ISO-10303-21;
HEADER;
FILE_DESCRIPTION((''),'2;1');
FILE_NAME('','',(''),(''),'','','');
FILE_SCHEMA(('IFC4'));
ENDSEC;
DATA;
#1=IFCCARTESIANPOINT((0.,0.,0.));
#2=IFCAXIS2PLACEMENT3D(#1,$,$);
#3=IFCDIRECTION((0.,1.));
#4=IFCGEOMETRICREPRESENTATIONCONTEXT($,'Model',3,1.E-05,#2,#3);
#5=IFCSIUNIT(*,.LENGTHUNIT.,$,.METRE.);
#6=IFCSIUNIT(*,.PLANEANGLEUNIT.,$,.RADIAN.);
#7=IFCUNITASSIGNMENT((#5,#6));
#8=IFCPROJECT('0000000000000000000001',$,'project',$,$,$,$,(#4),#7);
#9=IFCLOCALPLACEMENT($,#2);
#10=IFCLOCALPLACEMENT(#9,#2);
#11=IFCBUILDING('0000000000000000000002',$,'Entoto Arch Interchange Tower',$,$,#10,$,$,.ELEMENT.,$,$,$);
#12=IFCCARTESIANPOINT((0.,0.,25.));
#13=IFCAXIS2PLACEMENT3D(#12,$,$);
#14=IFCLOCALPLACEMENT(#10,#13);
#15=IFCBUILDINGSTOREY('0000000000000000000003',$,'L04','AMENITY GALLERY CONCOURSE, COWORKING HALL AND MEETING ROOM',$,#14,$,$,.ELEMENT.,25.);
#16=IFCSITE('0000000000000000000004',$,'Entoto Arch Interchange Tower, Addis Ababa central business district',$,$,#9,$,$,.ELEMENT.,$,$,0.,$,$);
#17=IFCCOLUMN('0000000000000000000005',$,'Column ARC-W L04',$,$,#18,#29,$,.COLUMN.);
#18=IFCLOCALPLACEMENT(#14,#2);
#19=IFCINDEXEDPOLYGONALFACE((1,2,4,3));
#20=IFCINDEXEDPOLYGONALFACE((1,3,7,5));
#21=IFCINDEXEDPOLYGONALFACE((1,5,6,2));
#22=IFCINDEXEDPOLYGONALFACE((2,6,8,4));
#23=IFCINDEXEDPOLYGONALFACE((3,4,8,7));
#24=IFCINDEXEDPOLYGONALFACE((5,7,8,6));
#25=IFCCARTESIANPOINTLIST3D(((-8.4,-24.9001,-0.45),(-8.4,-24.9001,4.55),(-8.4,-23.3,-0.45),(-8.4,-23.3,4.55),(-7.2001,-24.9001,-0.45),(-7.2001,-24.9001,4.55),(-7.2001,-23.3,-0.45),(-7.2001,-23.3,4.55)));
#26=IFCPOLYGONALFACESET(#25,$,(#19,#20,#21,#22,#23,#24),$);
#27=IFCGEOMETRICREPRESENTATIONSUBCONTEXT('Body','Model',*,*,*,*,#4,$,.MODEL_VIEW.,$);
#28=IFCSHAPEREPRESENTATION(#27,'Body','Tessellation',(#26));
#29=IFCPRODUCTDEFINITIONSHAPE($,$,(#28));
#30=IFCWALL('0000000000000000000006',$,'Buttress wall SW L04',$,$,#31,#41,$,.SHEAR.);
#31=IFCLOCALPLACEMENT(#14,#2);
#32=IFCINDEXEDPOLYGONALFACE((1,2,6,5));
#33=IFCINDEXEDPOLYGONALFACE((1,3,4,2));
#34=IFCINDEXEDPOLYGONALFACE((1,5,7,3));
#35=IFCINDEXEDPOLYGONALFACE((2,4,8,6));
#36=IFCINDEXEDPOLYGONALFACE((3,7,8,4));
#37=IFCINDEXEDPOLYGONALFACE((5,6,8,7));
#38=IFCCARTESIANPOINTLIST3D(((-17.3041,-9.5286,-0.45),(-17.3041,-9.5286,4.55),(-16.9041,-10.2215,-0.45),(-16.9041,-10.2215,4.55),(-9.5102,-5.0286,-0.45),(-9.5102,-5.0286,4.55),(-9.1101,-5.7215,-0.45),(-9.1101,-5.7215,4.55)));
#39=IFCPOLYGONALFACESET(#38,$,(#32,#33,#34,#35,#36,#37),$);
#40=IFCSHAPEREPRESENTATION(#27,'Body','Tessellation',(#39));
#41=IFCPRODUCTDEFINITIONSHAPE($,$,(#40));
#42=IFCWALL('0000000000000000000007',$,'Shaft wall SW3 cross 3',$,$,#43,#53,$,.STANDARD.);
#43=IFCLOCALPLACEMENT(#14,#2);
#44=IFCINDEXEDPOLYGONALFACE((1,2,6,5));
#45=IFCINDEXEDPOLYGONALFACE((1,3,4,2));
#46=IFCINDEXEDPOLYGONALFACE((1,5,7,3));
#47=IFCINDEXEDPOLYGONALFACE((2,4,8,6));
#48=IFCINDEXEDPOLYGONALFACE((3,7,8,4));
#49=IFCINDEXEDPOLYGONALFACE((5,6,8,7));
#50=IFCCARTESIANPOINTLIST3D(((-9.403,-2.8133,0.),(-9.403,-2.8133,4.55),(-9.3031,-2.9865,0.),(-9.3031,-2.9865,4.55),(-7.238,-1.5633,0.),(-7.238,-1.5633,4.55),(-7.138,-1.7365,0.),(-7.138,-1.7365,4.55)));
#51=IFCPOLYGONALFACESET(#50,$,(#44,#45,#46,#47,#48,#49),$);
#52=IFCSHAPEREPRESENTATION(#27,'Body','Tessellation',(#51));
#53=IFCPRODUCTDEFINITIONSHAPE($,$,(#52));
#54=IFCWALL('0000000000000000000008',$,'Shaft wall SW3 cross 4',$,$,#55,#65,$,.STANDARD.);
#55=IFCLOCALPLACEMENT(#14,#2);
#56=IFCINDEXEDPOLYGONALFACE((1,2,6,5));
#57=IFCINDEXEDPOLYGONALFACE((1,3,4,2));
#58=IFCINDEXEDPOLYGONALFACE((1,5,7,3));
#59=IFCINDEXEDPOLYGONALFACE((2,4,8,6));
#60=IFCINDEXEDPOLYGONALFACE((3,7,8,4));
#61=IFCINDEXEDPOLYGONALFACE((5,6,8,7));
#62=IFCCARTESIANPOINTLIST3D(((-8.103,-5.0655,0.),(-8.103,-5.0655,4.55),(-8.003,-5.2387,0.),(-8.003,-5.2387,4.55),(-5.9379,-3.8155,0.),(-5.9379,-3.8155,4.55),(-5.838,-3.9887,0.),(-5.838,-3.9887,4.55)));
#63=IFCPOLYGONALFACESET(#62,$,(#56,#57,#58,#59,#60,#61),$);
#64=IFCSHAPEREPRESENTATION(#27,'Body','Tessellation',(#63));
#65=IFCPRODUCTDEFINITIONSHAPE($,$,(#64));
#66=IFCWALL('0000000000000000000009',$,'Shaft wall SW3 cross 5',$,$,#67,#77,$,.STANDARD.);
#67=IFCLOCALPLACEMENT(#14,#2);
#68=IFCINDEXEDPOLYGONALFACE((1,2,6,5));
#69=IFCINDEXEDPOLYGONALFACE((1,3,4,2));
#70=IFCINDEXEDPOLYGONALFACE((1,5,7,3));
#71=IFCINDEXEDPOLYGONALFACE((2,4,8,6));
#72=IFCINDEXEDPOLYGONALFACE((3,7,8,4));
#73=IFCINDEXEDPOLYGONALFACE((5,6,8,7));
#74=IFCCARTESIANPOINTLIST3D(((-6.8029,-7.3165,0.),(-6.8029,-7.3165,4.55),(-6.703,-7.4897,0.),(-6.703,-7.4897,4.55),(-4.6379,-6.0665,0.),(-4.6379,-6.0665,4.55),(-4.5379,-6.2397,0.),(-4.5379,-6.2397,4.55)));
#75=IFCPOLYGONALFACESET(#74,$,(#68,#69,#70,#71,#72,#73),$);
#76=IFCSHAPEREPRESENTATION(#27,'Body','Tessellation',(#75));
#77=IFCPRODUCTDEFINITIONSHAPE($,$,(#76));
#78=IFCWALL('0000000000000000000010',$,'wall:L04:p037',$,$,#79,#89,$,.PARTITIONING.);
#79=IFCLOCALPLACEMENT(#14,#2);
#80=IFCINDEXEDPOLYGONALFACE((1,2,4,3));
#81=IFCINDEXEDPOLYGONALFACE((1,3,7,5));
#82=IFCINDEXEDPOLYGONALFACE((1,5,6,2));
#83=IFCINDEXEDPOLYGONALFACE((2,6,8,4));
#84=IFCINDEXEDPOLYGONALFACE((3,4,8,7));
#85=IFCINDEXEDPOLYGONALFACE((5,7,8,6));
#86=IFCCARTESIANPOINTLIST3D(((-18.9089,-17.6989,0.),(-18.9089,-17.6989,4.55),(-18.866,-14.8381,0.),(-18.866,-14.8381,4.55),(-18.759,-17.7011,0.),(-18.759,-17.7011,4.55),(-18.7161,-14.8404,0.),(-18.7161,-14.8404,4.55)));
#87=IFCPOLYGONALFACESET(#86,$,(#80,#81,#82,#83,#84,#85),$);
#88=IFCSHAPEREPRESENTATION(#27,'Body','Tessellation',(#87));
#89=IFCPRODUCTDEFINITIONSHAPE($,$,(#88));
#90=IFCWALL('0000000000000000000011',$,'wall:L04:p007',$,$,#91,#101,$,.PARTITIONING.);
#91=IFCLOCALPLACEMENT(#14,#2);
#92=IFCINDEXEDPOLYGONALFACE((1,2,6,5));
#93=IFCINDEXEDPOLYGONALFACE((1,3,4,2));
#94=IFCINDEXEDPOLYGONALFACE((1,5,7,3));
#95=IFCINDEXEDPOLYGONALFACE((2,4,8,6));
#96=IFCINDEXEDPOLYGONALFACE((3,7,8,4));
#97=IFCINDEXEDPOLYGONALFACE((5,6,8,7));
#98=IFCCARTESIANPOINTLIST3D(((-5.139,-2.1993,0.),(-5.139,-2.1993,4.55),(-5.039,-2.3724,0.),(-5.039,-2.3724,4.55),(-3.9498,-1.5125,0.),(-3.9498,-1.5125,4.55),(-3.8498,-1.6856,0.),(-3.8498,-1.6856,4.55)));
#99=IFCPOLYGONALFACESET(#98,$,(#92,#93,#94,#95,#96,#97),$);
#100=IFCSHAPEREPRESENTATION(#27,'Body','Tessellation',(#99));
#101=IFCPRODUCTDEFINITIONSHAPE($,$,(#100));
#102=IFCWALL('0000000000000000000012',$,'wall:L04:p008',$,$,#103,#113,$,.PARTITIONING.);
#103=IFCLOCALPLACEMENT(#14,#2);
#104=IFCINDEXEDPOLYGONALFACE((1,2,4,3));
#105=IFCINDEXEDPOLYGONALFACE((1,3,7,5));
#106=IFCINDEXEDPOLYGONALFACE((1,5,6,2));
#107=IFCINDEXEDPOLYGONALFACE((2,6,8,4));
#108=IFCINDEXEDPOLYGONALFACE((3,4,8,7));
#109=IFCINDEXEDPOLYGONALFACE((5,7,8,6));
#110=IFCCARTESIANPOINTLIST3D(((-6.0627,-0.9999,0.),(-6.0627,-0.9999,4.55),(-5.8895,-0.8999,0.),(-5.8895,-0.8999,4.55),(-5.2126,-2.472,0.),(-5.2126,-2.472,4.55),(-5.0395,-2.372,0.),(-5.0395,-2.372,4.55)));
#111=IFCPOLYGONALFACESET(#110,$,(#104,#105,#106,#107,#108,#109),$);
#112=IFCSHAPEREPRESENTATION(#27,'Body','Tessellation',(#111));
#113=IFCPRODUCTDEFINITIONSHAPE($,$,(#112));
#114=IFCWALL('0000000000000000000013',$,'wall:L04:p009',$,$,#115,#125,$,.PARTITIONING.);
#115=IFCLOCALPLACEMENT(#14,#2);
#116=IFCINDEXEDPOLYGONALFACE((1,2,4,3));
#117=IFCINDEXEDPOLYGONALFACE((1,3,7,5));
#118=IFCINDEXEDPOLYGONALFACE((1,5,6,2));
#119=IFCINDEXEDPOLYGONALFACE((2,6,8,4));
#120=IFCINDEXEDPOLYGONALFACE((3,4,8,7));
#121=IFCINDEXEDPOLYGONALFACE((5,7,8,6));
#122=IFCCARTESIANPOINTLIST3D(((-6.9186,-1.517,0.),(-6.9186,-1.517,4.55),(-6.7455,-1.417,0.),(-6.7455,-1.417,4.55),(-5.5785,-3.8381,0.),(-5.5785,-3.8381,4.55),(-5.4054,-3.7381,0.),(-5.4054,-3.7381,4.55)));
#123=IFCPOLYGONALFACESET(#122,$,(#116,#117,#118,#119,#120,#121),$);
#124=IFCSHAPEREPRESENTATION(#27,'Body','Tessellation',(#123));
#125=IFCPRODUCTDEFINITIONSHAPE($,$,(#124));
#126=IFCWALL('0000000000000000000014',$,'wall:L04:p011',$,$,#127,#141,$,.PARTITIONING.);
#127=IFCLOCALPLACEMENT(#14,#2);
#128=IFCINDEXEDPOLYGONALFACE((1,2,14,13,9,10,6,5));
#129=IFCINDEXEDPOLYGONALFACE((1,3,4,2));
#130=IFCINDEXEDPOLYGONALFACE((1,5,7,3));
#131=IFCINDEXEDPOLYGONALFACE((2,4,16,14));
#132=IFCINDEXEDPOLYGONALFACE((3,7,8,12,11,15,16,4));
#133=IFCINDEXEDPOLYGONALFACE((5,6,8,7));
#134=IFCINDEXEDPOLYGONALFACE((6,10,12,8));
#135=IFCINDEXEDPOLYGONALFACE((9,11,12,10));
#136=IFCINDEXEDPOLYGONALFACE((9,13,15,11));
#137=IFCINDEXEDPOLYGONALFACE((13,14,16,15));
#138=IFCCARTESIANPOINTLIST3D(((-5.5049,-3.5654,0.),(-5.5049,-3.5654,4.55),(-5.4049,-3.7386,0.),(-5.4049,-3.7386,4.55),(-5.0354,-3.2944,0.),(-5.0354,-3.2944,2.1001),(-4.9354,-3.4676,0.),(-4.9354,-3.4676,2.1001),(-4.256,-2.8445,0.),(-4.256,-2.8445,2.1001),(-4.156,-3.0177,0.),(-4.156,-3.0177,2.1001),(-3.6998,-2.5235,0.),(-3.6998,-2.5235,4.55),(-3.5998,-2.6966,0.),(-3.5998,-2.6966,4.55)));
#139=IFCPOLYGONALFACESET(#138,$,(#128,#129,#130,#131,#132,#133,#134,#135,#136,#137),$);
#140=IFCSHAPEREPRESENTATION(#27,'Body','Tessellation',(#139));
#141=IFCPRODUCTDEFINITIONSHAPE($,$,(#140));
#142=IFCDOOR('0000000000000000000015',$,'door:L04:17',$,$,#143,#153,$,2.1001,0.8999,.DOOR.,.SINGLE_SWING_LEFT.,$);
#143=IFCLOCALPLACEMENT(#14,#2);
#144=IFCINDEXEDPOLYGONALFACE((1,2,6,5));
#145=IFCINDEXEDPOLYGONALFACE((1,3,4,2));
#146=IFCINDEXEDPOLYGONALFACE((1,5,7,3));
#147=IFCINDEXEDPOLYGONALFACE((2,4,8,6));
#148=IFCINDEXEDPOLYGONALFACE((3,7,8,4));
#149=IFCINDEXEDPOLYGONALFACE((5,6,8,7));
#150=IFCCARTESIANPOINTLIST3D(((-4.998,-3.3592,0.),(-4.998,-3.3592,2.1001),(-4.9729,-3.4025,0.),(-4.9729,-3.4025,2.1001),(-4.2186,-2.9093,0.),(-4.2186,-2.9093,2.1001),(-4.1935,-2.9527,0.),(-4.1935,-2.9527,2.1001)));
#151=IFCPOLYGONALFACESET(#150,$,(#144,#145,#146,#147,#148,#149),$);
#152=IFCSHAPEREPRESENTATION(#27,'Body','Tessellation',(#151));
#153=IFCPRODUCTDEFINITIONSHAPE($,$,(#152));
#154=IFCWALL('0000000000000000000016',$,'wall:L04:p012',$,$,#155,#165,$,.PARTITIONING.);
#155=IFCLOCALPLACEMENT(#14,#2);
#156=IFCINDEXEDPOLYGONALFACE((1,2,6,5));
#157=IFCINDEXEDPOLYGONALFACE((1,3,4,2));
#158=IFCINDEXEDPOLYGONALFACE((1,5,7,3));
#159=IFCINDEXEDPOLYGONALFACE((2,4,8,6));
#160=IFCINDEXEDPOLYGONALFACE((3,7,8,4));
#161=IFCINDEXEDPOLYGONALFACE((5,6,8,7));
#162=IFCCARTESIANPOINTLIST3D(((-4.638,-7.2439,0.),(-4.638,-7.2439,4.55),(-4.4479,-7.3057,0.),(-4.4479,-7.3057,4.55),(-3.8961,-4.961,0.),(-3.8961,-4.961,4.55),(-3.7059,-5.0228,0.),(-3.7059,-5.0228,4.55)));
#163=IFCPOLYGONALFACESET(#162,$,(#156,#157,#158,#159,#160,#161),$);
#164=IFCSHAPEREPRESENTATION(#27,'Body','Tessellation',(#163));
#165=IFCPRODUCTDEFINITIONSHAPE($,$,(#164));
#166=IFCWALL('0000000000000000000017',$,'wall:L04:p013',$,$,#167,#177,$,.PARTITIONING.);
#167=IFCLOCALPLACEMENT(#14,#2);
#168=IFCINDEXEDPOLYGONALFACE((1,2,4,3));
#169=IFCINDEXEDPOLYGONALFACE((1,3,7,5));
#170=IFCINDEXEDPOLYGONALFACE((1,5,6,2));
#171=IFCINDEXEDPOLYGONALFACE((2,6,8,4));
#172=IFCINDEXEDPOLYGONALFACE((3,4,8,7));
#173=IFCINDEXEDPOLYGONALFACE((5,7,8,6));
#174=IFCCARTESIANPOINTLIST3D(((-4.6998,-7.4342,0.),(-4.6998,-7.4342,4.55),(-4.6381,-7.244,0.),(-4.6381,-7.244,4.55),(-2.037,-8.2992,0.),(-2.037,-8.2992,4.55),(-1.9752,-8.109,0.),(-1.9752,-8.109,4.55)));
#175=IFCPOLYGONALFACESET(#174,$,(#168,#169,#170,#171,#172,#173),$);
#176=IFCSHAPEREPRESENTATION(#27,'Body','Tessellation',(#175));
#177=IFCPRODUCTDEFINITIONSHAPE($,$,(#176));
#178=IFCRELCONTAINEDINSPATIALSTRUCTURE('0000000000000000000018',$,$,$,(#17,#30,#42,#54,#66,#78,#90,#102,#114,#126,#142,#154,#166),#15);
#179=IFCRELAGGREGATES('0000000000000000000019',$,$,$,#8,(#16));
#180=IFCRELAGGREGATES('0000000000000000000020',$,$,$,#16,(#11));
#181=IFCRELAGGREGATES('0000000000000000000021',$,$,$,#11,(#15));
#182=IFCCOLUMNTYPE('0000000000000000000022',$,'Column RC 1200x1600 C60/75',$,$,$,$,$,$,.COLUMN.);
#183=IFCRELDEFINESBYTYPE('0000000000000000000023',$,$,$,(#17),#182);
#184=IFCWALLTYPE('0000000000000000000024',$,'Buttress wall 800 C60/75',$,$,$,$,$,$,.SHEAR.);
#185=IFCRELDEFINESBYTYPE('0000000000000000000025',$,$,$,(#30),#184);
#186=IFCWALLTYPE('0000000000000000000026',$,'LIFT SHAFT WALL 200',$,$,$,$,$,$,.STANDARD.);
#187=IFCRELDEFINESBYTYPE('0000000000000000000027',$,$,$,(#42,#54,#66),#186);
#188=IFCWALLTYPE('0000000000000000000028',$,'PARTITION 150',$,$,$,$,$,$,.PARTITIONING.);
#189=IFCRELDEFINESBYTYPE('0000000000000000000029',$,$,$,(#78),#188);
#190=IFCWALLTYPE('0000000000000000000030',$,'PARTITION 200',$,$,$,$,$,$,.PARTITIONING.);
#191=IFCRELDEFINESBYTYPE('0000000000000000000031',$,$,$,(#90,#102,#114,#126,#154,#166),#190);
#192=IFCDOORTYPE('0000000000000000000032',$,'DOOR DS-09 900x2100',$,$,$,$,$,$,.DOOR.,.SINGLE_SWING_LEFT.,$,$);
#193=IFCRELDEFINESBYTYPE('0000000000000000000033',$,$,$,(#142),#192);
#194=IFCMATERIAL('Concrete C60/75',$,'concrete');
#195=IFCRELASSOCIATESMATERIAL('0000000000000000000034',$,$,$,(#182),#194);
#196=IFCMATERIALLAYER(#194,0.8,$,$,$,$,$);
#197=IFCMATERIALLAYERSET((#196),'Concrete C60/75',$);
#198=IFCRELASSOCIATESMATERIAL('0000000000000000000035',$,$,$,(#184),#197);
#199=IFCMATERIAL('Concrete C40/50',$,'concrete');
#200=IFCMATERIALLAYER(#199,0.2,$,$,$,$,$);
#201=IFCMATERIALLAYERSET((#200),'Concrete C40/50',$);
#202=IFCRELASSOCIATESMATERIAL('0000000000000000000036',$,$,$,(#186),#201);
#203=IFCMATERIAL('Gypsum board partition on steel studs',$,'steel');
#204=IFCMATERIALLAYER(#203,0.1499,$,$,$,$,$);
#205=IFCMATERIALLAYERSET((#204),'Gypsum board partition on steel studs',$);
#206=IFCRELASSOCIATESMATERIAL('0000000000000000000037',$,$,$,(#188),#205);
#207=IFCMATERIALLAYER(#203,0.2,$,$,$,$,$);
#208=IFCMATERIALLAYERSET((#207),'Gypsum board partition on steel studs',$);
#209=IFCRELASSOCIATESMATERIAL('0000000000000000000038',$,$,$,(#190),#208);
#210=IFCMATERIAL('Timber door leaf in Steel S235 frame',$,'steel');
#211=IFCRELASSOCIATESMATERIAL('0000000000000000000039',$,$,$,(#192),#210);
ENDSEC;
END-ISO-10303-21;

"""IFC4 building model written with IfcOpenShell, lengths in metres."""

from ifc_helpers import new_model, si_unit, direction, frame, frame_2d, origin, origin_2d, place, context, subcontext, project, spatial, rectangle, extrude, material, layer, layer_set, material_profile, profile_set, type_object, element, fill, save


model = new_model("IFC4")

# Units and contexts
model_context = context("Model", 3, precision=1e-05, world=origin(), true_north=direction((0.0, 1.0)))
body_context = subcontext(model_context, "Body", "Model", "MODEL_VIEW")
ifc_project = project(units=[si_unit("LENGTHUNIT", "METRE"), si_unit("PLANEANGLEUNIT", "RADIAN")], contexts=[model_context])

# Site, building, storey
site_placement = place(None, origin())
site = spatial("IfcSite", under=ifc_project, at=site_placement, Name="Entoto Arch Interchange Tower, Addis Ababa central business district", CompositionType="ELEMENT", RefElevation=0.0)
building_placement = place(site_placement, origin())
building = spatial("IfcBuilding", under=site, at=building_placement, Name="Entoto Arch Interchange Tower", CompositionType="ELEMENT")
storey_placement = place(building_placement, frame((0.0, 0.0, 25.0)))
storey = spatial("IfcBuildingStorey", under=building, at=storey_placement, Name="L04", Description="AMENITY GALLERY CONCOURSE, COWORKING HALL AND MEETING ROOM", CompositionType="ELEMENT", Elevation=25.0)

# Column
ifc_material_1 = material(Name="Concrete C60/75", Category="concrete")
ifc_material_profile = material_profile(ifc_material_1, rectangle(XDim=1.2, YDim=1.6001, at=origin_2d()))
ifc_profile_set = profile_set([ifc_material_profile], Name="Concrete C60/75")
column_type = type_object("IfcColumnType", Name="Column RC 1200x1600 C60/75", PredefinedType="COLUMN", material=ifc_profile_set)
column_placement = place(storey_placement, frame((-7.8, -24.1001, -0.45), z_axis=(0.0, 0.0, 1.0), x_axis=(1.0, 0.0, 0.0)))
element("IfcColumn", 1, at=column_placement, inside=storey, type_object=column_type, Name="Column ARC-W L04", PredefinedType="COLUMN", context=body_context, shape_type="SweptSolid", body=[
    extrude(rectangle(XDim=1.2, YDim=1.6001, at=origin_2d()), origin(), (0.0, 0.0, 1.0), 5.0),
])

# Walls
ifc_layer_1 = layer(ifc_material_1, 0.8)
ifc_layer_set_1 = layer_set([ifc_layer_1], Name="Concrete C60/75")
wall_type_1 = type_object("IfcWallType", Name="Buttress wall 800 C60/75", PredefinedType="SHEAR", material=ifc_layer_set_1)
wall_1_placement = place(storey_placement, frame((-9.3101, -5.375, -0.45), z_axis=(0.0, 0.0, 1.0), x_axis=(-0.866018, -0.500014, 0.0)))
element("IfcWall", 2, at=wall_1_placement, inside=storey, type_object=wall_type_1, Name="Buttress wall SW L04", PredefinedType="SHEAR", context=body_context, shape_type="SweptSolid", body=[
    extrude(rectangle(XDim=8.9998, YDim=0.8, at=frame_2d((4.5, 0.0))), origin(), (0.0, 0.0, 1.0), 5.0),
])
ifc_material_2 = material(Name="Concrete C40/50", Category="concrete")
ifc_layer_2 = layer(ifc_material_2, 0.2)
ifc_layer_set_2 = layer_set([ifc_layer_2], Name="Concrete C40/50")
wall_type_2 = type_object("IfcWallType", Name="LIFT SHAFT WALL 200", PredefinedType="STANDARD", material=ifc_layer_set_2)
for number, where, z_axis, x_axis, name in (
    (3, (-7.188, -1.6499, 0.0), (0.0, 0.0, 1.0), (-0.866023, -0.500004, 0.0), "Shaft wall SW3 cross 3"),
    (4, (-5.8879, -3.9021, 0.0), (0.0, 0.0, 1.0), (-0.866023, -0.500004, 0.0), "Shaft wall SW3 cross 4"),
    (5, (-4.5879, -6.1531, 0.0), (0.0, 0.0, 1.0), (-0.866023, -0.500004, 0.0), "Shaft wall SW3 cross 5"),
):
    element("IfcWall", number, at=place(storey_placement, frame(where, z_axis=z_axis, x_axis=x_axis)), inside=storey, type_object=wall_type_2, Name=name, PredefinedType="STANDARD", context=body_context, shape_type="SweptSolid", body=[
        extrude(rectangle(XDim=2.5, YDim=0.2, at=frame_2d((1.25, 0.0))), origin(), (0.0, 0.0, 1.0), 4.55),
    ])
ifc_material_3 = material(Name="Gypsum board partition on steel studs", Category="steel")
ifc_layer_3 = layer(ifc_material_3, 0.1499)
ifc_layer_set_3 = layer_set([ifc_layer_3], Name="Gypsum board partition on steel studs")
wall_type_3 = type_object("IfcWallType", Name="PARTITION 150", PredefinedType="PARTITIONING", material=ifc_layer_set_3)
wall_2_placement = place(storey_placement, frame((-18.791, -14.8391, 0.0), z_axis=(0.0, 0.0, 1.0), x_axis=(-0.015018, -0.999887, 0.0)))
element("IfcWall", 6, at=wall_2_placement, inside=storey, type_object=wall_type_3, Name="wall:L04:p037", PredefinedType="PARTITIONING", context=body_context, shape_type="SweptSolid", body=[
    extrude(rectangle(XDim=2.8611, YDim=0.1499, at=frame_2d((1.4307, 0.0))), origin(), (0.0, 0.0, 1.0), 4.55),
])
ifc_layer_4 = layer(ifc_material_3, 0.2)
ifc_layer_set_4 = layer_set([ifc_layer_4], Name="Gypsum board partition on steel studs")
wall_type_4 = type_object("IfcWallType", Name="PARTITION 200", PredefinedType="PARTITIONING", material=ifc_layer_set_4)
wall_3_placement = place(storey_placement, frame((-3.8999, -1.5991, 0.0), z_axis=(0.0, 0.0, 1.0), x_axis=(-0.865969, -0.500097, 0.0)))
element("IfcWall", 7, at=wall_3_placement, inside=storey, type_object=wall_type_4, Name="wall:L04:p007", PredefinedType="PARTITIONING", context=body_context, shape_type="SweptSolid", body=[
    extrude(rectangle(XDim=1.3733, YDim=0.2, at=frame_2d((0.6865, 0.0))), origin(), (0.0, 0.0, 1.0), 4.55),
])
wall_4_placement = place(storey_placement, frame((-5.126, -2.4221, 0.0), z_axis=(0.0, 0.0, 1.0), x_axis=(-0.500062, 0.865989, 0.0)))
element("IfcWall", 8, at=wall_4_placement, inside=storey, type_object=wall_type_4, Name="wall:L04:p008", PredefinedType="PARTITIONING", context=body_context, shape_type="SweptSolid", body=[
    extrude(rectangle(XDim=1.7, YDim=0.2, at=frame_2d((0.8501, 0.0))), origin(), (0.0, 0.0, 1.0), 4.55),
])
wall_5_placement = place(storey_placement, frame((-5.4919, -3.7881, 0.0), z_axis=(0.0, 0.0, 1.0), x_axis=(-0.500009, 0.86602, 0.0)))
element("IfcWall", 9, at=wall_5_placement, inside=storey, type_object=wall_type_4, Name="wall:L04:p009", PredefinedType="PARTITIONING", context=body_context, shape_type="SweptSolid", body=[
    extrude(rectangle(XDim=2.6802, YDim=0.2, at=frame_2d((1.3401, 0.0))), origin(), (0.0, 0.0, 1.0), 4.55),
])

# Wall, opening, door
wall_6_placement = place(storey_placement, frame((-3.6499, -2.6101, 0.0), z_axis=(0.0, 0.0, 1.0), x_axis=(-0.866072, -0.499918, 0.0)))
wall_6 = element("IfcWall", 10, at=wall_6_placement, inside=storey, type_object=wall_type_4, Name="wall:L04:p011", PredefinedType="PARTITIONING", context=body_context, shape_type="SweptSolid", body=[
    extrude(rectangle(XDim=2.0842, YDim=0.2, at=frame_2d((1.042, 0.0))), origin(), (0.0, 0.0, 1.0), 4.55),
])
opening_1_placement = place(wall_6_placement, frame((0.6421, 0.0, 0.0)))
opening_1 = element("IfcOpeningElement", 11, at=opening_1_placement, cuts=wall_6, PredefinedType="OPENING", context=body_context, shape_type="SweptSolid", body=[
    extrude(rectangle(XDim=0.8999, YDim=2.1001, at=frame_2d((0.45, 1.05))), frame((0.0, 0.1099, 0.0), z_axis=(0.0, -1.0, 0.0), x_axis=(1.0, 0.0, 0.0)), (0.0, 0.0, 1.0), 0.22),
])
ifc_material_4 = material(Name="Timber door leaf in Steel S235 frame", Category="steel")
door_type = type_object("IfcDoorType", Name="DOOR DS-09 900x2100", OperationType="SINGLE_SWING_LEFT", PredefinedType="DOOR", material=ifc_material_4)
door_1_placement = place(opening_1_placement, origin())
door_1 = element("IfcDoor", 12, at=door_1_placement, inside=storey, type_object=door_type, Name="door:L04:17", OperationType="SINGLE_SWING_LEFT", OverallHeight=2.1001, OverallWidth=0.8999, PredefinedType="DOOR", context=body_context, shape_type="SweptSolid", body=[
    extrude(rectangle(XDim=0.8999, YDim=2.1001, at=frame_2d((0.45, 1.05))), frame((0.0, 0.0249, 0.0), z_axis=(0.0, -1.0, 0.0), x_axis=(1.0, 0.0, 0.0)), (0.0, 0.0, 1.0), 0.05),
])
fill(opening_1, door_1)

# Walls
wall_7_placement = place(storey_placement, frame((-3.801, -4.9919, 0.0), z_axis=(0.0, 0.0, 1.0), x_axis=(-0.309079, -0.951036, 0.0)))
element("IfcWall", 13, at=wall_7_placement, inside=storey, type_object=wall_type_4, Name="wall:L04:p012", PredefinedType="PARTITIONING", context=body_context, shape_type="SweptSolid", body=[
    extrude(rectangle(XDim=2.4004, YDim=0.2, at=frame_2d((1.2002, 0.0))), origin(), (0.0, 0.0, 1.0), 4.55),
])
wall_8_placement = place(storey_placement, frame((-4.6689, -7.3391, 0.0), z_axis=(0.0, 0.0, 1.0), x_axis=(0.95108, -0.308946, 0.0)))
element("IfcWall", 14, at=wall_8_placement, inside=storey, type_object=wall_type_4, Name="wall:L04:p013", PredefinedType="PARTITIONING", context=body_context, shape_type="SweptSolid", body=[
    extrude(rectangle(XDim=2.7998, YDim=0.2, at=frame_2d((1.3999, 0.0))), origin(), (0.0, 0.0, 1.0), 4.55),
])

save(model, "model.ifc")
